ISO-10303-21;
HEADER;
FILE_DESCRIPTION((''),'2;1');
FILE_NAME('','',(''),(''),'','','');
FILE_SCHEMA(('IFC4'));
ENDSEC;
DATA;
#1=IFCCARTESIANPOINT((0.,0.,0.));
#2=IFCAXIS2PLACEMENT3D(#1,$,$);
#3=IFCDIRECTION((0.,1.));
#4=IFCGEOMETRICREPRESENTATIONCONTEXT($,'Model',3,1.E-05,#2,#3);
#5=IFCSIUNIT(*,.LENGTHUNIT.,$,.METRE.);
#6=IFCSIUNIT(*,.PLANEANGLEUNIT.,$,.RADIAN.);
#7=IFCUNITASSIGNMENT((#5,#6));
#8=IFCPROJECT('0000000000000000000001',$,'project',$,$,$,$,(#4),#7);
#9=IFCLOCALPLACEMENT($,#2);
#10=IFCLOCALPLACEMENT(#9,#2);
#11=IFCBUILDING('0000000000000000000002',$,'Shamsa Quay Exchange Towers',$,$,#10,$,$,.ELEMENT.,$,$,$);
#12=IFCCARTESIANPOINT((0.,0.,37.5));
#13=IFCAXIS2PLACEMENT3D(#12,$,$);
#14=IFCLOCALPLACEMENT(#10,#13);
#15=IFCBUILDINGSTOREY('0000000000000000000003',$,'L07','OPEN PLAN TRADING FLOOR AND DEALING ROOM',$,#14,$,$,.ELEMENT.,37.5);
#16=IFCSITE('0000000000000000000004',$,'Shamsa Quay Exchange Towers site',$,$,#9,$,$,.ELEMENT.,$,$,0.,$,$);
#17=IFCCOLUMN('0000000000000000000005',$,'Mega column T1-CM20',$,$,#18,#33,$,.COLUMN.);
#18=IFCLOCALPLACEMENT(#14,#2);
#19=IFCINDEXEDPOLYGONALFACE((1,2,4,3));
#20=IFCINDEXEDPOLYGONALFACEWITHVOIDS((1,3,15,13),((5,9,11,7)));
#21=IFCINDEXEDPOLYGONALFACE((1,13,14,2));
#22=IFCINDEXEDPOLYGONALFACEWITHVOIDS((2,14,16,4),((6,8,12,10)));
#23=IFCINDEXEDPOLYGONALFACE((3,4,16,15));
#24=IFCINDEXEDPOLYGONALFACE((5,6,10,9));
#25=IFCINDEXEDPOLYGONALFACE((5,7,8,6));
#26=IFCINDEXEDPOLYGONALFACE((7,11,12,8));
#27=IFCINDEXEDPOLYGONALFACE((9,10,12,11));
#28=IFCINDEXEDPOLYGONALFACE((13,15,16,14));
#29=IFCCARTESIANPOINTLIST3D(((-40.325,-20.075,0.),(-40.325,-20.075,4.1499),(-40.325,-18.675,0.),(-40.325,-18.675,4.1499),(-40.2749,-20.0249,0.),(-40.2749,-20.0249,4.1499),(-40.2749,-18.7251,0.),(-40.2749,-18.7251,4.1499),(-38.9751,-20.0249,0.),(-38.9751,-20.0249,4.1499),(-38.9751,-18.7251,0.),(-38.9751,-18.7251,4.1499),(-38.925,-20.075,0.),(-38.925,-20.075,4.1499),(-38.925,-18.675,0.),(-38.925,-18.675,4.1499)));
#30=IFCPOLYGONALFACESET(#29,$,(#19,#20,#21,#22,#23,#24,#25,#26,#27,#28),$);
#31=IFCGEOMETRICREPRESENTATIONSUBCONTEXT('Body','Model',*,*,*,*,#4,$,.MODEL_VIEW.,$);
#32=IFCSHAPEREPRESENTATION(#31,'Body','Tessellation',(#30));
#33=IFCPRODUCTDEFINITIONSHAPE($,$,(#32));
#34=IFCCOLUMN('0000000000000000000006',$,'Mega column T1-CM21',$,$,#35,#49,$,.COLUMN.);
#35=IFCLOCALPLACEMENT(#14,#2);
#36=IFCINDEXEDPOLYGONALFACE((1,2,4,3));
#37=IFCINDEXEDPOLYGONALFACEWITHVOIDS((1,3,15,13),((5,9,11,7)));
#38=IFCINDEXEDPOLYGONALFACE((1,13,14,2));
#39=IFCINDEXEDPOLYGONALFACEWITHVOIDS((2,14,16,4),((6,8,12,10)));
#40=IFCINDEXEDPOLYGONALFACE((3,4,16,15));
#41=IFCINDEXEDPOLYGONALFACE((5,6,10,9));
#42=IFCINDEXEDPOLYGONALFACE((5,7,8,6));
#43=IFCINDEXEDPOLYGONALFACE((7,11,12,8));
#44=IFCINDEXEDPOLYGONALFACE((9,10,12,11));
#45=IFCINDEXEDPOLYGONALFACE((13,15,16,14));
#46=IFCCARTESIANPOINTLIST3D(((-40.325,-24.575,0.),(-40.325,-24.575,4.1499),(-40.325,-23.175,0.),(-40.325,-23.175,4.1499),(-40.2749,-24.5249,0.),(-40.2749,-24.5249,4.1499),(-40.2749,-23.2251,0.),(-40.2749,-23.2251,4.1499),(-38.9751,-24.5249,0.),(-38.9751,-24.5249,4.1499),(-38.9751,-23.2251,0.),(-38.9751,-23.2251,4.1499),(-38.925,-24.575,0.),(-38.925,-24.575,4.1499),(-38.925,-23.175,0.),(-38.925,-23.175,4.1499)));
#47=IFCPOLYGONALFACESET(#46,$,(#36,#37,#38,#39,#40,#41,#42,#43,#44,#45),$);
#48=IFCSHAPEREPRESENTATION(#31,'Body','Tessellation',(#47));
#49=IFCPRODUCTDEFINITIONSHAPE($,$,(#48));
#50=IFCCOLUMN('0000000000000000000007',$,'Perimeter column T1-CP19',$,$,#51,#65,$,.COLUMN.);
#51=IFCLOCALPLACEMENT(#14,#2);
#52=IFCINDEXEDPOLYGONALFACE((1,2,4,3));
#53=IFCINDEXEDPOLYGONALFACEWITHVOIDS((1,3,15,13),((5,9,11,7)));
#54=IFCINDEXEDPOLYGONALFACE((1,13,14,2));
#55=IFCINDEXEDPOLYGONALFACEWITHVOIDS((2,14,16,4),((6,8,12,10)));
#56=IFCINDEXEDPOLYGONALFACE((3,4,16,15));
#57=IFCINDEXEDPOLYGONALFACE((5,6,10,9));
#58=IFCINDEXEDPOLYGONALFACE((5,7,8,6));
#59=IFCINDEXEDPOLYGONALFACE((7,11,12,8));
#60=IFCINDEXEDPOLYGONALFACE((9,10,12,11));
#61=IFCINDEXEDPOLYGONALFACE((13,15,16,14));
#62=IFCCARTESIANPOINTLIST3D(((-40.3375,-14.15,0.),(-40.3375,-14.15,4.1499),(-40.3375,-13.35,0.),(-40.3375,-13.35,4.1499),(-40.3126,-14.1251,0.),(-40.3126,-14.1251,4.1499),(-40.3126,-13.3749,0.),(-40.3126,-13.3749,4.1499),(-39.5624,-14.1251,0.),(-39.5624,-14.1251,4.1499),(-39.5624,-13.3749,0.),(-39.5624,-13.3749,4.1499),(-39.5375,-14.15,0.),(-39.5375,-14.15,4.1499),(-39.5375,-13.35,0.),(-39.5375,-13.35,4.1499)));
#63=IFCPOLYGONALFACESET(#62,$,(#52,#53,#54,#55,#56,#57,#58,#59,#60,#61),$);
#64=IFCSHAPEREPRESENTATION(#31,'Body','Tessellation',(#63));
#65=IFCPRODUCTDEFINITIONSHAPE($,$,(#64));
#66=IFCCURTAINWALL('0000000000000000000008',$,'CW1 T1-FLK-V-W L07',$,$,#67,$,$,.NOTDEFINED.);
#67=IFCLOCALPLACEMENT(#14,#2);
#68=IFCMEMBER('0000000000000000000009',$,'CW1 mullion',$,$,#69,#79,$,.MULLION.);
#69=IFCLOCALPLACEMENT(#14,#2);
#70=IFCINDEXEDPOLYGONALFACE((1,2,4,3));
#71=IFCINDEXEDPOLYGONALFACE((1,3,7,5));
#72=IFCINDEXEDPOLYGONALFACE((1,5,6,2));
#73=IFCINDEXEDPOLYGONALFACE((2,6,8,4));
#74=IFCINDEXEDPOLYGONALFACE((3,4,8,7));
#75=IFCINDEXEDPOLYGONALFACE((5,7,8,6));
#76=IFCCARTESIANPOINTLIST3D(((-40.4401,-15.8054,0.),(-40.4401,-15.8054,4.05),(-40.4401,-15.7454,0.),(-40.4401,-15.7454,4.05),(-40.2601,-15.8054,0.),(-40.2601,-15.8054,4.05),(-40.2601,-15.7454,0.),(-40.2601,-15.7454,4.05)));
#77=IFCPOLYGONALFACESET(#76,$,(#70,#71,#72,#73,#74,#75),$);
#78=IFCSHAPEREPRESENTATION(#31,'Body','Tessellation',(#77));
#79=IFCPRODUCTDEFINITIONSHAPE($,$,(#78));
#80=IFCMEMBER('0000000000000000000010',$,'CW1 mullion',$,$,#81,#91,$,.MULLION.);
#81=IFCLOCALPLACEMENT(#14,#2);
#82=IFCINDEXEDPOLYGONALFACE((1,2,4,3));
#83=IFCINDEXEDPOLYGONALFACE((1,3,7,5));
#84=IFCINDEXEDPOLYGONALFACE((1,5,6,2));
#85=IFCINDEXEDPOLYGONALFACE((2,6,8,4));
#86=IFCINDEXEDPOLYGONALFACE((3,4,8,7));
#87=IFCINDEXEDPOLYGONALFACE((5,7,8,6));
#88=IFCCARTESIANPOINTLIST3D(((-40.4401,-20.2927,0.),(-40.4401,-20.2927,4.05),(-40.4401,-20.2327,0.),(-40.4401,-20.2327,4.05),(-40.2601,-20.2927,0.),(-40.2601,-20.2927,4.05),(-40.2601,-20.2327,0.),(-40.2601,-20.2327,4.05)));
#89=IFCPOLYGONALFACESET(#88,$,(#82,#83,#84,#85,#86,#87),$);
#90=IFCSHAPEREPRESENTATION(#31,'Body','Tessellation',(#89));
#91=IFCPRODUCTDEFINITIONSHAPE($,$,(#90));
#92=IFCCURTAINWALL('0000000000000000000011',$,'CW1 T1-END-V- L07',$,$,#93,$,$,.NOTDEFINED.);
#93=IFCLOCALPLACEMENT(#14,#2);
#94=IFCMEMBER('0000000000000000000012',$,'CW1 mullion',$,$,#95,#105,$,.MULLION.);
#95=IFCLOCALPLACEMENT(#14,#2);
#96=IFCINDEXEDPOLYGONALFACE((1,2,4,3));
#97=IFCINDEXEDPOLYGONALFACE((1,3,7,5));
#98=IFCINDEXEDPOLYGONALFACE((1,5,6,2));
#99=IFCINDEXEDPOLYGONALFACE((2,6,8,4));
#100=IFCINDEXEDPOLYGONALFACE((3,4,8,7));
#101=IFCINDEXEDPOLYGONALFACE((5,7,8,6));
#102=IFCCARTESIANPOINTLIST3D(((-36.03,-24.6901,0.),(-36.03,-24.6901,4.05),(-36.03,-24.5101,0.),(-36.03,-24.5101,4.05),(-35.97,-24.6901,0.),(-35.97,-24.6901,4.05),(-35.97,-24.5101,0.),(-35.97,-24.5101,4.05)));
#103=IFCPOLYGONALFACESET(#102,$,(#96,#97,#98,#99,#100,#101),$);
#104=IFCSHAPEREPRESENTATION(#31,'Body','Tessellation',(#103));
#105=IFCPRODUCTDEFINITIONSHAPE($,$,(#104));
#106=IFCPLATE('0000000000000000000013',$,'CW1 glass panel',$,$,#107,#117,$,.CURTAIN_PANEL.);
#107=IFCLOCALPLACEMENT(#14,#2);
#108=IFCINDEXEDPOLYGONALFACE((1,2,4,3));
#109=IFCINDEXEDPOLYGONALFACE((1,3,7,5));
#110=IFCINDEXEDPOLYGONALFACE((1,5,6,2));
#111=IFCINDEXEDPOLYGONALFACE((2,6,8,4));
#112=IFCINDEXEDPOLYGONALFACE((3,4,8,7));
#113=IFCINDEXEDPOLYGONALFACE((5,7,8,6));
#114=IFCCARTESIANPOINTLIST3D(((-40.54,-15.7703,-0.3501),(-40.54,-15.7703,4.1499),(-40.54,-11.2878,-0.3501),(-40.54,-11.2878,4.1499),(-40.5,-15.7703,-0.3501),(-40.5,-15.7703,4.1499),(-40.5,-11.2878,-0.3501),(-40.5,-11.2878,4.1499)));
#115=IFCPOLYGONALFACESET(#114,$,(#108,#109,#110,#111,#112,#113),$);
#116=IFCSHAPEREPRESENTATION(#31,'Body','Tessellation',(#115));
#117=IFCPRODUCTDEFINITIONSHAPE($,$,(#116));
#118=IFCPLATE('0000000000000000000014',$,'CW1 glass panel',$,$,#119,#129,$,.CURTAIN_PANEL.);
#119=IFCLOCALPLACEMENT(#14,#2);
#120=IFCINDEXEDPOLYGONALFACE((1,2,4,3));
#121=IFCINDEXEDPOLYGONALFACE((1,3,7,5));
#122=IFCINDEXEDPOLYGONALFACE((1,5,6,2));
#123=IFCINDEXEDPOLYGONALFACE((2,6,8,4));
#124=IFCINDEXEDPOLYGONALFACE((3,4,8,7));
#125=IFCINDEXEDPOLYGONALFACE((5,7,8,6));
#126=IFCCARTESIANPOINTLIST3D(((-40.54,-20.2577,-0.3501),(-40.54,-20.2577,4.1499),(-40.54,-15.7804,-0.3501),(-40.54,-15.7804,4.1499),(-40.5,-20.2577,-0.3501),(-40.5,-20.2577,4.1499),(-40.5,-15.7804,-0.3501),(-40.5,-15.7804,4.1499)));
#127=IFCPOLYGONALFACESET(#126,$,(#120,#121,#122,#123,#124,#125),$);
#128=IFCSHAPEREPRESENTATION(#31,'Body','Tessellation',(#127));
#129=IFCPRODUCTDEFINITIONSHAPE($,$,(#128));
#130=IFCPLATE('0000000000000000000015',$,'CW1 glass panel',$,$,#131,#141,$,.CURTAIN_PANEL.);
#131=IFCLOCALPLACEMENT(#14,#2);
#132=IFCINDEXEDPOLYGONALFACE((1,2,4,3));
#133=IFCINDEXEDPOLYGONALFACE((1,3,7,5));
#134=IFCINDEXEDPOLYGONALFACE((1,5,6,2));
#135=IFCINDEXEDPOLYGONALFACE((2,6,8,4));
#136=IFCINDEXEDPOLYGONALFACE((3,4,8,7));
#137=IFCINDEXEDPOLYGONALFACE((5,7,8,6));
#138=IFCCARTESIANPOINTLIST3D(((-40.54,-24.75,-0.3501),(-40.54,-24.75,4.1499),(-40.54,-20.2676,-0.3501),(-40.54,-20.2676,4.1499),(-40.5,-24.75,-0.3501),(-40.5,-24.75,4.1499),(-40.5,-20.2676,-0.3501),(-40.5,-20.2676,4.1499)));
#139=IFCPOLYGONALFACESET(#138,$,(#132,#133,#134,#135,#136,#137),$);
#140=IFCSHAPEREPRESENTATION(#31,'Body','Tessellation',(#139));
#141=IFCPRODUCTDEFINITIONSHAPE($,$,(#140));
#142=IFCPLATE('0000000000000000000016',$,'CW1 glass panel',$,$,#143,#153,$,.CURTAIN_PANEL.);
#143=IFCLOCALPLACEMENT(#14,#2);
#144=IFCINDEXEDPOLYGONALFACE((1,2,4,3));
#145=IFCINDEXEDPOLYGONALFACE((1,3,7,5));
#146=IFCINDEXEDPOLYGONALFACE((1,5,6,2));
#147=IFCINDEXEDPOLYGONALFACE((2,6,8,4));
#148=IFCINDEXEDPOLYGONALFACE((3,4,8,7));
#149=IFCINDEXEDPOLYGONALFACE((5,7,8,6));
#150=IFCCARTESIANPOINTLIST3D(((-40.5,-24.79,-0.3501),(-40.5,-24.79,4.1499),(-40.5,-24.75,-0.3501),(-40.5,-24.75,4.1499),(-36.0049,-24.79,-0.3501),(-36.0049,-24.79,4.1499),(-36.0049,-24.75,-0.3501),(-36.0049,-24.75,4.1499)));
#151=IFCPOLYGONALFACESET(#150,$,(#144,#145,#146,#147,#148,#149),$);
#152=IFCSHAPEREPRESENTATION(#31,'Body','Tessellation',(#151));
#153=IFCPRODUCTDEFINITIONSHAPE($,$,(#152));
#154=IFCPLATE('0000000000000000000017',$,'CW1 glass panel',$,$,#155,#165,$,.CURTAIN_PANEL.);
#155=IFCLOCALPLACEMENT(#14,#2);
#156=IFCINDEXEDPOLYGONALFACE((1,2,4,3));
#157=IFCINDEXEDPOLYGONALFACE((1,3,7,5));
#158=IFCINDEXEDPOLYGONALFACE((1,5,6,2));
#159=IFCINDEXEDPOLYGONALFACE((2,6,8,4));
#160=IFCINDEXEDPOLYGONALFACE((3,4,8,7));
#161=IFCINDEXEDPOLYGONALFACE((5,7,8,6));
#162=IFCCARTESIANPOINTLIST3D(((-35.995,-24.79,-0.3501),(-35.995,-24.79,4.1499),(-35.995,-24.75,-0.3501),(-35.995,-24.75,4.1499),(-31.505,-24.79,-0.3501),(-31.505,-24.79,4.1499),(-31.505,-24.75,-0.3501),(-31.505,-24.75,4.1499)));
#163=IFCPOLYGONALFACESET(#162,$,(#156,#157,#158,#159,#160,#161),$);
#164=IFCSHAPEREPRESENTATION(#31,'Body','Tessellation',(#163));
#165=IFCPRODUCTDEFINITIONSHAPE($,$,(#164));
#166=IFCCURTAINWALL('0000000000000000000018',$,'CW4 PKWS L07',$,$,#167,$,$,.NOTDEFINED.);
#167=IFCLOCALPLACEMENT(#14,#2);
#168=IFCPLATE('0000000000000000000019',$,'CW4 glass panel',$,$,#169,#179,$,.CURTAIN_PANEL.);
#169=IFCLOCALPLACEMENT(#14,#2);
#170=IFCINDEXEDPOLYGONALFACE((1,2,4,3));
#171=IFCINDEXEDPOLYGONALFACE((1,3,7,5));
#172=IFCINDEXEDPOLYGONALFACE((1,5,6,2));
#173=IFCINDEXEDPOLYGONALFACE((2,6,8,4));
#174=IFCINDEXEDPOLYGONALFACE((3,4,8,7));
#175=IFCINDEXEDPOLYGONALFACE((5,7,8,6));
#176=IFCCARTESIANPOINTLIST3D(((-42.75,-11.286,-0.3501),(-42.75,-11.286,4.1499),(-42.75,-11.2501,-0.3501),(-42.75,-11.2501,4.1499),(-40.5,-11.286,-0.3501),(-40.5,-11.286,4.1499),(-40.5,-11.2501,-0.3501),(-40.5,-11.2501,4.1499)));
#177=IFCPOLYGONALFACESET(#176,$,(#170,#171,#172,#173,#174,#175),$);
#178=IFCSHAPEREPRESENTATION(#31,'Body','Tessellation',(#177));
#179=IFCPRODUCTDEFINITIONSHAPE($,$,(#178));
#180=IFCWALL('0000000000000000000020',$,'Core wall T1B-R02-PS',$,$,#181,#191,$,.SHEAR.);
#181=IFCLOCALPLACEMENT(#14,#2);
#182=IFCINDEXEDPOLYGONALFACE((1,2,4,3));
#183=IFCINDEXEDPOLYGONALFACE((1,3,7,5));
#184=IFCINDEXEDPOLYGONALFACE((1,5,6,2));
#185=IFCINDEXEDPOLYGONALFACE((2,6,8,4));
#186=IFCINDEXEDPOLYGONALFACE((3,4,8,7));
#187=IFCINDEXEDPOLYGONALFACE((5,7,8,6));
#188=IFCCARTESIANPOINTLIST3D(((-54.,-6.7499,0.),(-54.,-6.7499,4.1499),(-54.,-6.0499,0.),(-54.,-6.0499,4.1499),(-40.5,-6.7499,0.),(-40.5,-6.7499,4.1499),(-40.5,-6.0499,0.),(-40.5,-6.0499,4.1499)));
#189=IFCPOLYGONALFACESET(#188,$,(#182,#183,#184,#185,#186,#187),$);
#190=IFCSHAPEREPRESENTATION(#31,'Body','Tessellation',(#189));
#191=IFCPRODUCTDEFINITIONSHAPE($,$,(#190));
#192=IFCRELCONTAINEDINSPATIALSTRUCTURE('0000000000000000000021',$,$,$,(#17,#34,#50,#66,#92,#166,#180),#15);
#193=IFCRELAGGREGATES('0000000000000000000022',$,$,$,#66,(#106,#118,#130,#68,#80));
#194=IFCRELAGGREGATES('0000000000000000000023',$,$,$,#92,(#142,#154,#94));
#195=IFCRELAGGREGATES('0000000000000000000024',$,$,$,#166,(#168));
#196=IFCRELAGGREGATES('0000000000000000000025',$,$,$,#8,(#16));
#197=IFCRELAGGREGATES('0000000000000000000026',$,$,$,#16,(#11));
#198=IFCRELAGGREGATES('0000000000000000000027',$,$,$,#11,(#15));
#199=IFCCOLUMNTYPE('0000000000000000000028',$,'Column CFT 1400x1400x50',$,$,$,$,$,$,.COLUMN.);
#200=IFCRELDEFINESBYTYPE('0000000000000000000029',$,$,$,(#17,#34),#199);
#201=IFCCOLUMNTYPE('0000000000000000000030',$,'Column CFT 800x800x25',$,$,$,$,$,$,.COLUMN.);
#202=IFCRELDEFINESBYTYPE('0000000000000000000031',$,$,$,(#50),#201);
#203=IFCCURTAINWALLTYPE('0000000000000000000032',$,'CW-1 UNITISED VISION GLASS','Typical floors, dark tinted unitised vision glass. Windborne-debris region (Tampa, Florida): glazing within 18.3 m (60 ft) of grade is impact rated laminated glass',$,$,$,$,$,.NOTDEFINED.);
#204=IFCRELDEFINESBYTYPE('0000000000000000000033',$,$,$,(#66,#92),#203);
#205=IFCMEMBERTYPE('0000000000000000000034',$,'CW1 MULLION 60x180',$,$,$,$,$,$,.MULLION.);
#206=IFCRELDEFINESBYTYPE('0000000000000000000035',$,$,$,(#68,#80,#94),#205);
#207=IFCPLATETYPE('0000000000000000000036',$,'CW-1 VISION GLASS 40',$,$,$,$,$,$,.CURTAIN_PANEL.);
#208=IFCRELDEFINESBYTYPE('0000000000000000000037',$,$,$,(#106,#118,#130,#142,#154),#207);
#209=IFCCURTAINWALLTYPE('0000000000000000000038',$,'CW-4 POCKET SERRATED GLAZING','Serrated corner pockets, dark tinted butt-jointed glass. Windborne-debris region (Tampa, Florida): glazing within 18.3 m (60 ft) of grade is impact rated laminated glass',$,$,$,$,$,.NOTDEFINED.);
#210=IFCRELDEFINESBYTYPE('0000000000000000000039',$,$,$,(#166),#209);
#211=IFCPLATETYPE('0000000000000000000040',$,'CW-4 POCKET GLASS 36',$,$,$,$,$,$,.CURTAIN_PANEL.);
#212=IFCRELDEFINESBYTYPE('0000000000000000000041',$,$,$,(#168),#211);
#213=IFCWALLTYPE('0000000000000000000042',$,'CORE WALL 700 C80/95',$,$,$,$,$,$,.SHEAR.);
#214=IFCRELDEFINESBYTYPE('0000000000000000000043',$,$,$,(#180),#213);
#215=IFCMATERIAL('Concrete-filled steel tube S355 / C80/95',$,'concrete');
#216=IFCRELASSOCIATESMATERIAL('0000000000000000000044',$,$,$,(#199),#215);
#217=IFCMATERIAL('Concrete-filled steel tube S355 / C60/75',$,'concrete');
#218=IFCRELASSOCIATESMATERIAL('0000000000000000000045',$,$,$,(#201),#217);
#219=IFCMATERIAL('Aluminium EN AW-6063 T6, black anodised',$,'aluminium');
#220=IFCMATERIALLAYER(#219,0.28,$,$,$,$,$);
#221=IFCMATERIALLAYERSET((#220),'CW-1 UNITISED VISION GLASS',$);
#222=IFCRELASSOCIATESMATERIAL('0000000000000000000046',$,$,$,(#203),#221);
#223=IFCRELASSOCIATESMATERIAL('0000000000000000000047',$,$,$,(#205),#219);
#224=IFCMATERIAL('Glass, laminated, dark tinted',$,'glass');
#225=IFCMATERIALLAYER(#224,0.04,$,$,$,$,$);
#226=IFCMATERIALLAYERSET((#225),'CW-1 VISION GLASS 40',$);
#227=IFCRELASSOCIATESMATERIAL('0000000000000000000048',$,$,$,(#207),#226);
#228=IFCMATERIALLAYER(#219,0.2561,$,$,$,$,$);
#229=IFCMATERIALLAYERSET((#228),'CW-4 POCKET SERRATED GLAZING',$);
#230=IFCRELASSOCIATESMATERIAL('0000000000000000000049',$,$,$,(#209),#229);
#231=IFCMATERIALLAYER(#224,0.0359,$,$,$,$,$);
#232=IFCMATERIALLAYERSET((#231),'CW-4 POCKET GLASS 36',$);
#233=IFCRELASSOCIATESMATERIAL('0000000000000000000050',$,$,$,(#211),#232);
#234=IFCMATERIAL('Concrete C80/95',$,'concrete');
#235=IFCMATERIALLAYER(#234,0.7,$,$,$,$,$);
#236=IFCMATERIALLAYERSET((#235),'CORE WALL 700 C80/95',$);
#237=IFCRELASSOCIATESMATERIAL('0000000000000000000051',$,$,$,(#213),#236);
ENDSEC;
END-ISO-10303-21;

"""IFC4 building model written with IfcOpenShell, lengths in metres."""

from ifc_helpers import new_model, si_unit, direction, frame, frame_2d, origin, origin_2d, place, context, subcontext, project, spatial, rectangle, hollow_rectangle, extrude, material, layer, layer_set, material_profile, profile_set, type_object, element, aggregate, save


model = new_model("IFC4")

# Units and contexts
model_context = context("Model", 3, precision=1e-05, world=origin(), true_north=direction((0.0, 1.0)))
body_context = subcontext(model_context, "Body", "Model", "MODEL_VIEW")
ifc_project = project(units=[si_unit("LENGTHUNIT", "METRE"), si_unit("PLANEANGLEUNIT", "RADIAN")], contexts=[model_context])

# Site, building, storey
site_placement = place(None, origin())
site = spatial("IfcSite", under=ifc_project, at=site_placement, Name="Shamsa Quay Exchange Towers site", CompositionType="ELEMENT", RefElevation=0.0)
building_placement = place(site_placement, origin())
building = spatial("IfcBuilding", under=site, at=building_placement, Name="Shamsa Quay Exchange Towers", CompositionType="ELEMENT")
storey_placement = place(building_placement, frame((0.0, 0.0, 37.5)))
storey = spatial("IfcBuildingStorey", under=building, at=storey_placement, Name="L07", Description="OPEN PLAN TRADING FLOOR AND DEALING ROOM", CompositionType="ELEMENT", Elevation=37.5)

# Columns
ifc_material_1 = material(Name="Concrete-filled steel tube S355 / C80/95", Category="concrete")
ifc_material_profile_1 = material_profile(ifc_material_1, hollow_rectangle(XDim=1.3999, YDim=1.3999, WallThickness=0.05, at=origin_2d()), Name="CFT 1400x1400x50")
ifc_profile_set_1 = profile_set([ifc_material_profile_1], Name="Concrete-filled steel tube S355 / C80/95")
column_type_1 = type_object("IfcColumnType", Name="Column CFT 1400x1400x50", PredefinedType="COLUMN", material=ifc_profile_set_1)
for number, where, name in (
    (1, (-39.625, -19.375, 0.0), "Mega column T1-CM20"),
    (2, (-39.625, -23.875, 0.0), "Mega column T1-CM21"),
):
    element("IfcColumn", number, at=place(storey_placement, frame(where)), inside=storey, type_object=column_type_1, Name=name, PredefinedType="COLUMN", context=body_context, shape_type="SweptSolid", body=[
        extrude(hollow_rectangle(XDim=1.3999, YDim=1.3999, WallThickness=0.05, at=origin_2d()), origin(), (0.0, 0.0, 1.0), 4.1499),
    ])
ifc_material_2 = material(Name="Concrete-filled steel tube S355 / C60/75", Category="concrete")
ifc_material_profile_2 = material_profile(ifc_material_2, hollow_rectangle(XDim=0.8, YDim=0.8, WallThickness=0.0249, at=origin_2d()), Name="CFT 800x800x25")
ifc_profile_set_2 = profile_set([ifc_material_profile_2], Name="Concrete-filled steel tube S355 / C60/75")
column_type_2 = type_object("IfcColumnType", Name="Column CFT 800x800x25", PredefinedType="COLUMN", material=ifc_profile_set_2)
column_placement = place(storey_placement, frame((-39.9375, -13.75, 0.0)))
element("IfcColumn", 3, at=column_placement, inside=storey, type_object=column_type_2, Name="Perimeter column T1-CP19", PredefinedType="COLUMN", context=body_context, shape_type="SweptSolid", body=[
    extrude(hollow_rectangle(XDim=0.8, YDim=0.8, WallThickness=0.0249, at=origin_2d()), origin(), (0.0, 0.0, 1.0), 4.1499),
])

# Curtain wall, members
ifc_material_3 = material(Name="Aluminium EN AW-6063 T6, black anodised", Category="aluminium")
ifc_layer_1 = layer(ifc_material_3, 0.28)
ifc_layer_set_1 = layer_set([ifc_layer_1], Name="CW-1 UNITISED VISION GLASS")
curtain_wall_type_1 = type_object("IfcCurtainWallType", Name="CW-1 UNITISED VISION GLASS", Description="Typical floors, dark tinted unitised vision glass. Windborne-debris region (Tampa, Florida): glazing within 18.3 m (60 ft) of grade is impact rated laminated glass", PredefinedType="NOTDEFINED", material=ifc_layer_set_1)
curtain_wall_1_placement = place(storey_placement, origin())
curtain_wall_1 = element("IfcCurtainWall", 4, at=curtain_wall_1_placement, inside=storey, type_object=curtain_wall_type_1, Name="CW1 T1-FLK-V-W L07", PredefinedType="NOTDEFINED")
ifc_material_profile_3 = material_profile(ifc_material_3, rectangle(XDim=0.1799, YDim=0.0601, at=origin_2d()), Name="MU60x180")
ifc_profile_set_3 = profile_set([ifc_material_profile_3], Name="Aluminium EN AW-6063 T6, black anodised")
member_type = type_object("IfcMemberType", Name="CW1 MULLION 60x180", PredefinedType="MULLION", material=ifc_profile_set_3)
member_1_placement = place(storey_placement, frame((-40.3501, -15.7754, 0.0)))
member_1 = element("IfcMember", 5, at=member_1_placement, type_object=member_type, Name="CW1 mullion", PredefinedType="MULLION", context=body_context, shape_type="SweptSolid", body=[
    extrude(rectangle(XDim=0.1799, YDim=0.0601, at=origin_2d()), origin(), (0.0, 0.0, 1.0), 4.05),
])
member_2_placement = place(storey_placement, frame((-40.3501, -20.2627, 0.0)))
member_2 = element("IfcMember", 6, at=member_2_placement, type_object=member_type, Name="CW1 mullion", PredefinedType="MULLION", context=body_context, shape_type="SweptSolid", body=[
    extrude(rectangle(XDim=0.1799, YDim=0.0601, at=origin_2d()), origin(), (0.0, 0.0, 1.0), 4.05),
])

# Curtain wall, member
curtain_wall_2_placement = place(storey_placement, origin())
curtain_wall_2 = element("IfcCurtainWall", 7, at=curtain_wall_2_placement, inside=storey, type_object=curtain_wall_type_1, Name="CW1 T1-END-V- L07", PredefinedType="NOTDEFINED")
member_3_placement = place(storey_placement, frame((-36.0, -24.6001, 0.0), z_axis=(0.0, 0.0, 1.0), x_axis=(0.0, 1.0, 0.0)))
member_3 = element("IfcMember", 8, at=member_3_placement, type_object=member_type, Name="CW1 mullion", PredefinedType="MULLION", context=body_context, shape_type="SweptSolid", body=[
    extrude(rectangle(XDim=0.1799, YDim=0.0601, at=origin_2d()), origin(), (0.0, 0.0, 1.0), 4.05),
])

# Plates
ifc_material_4 = material(Name="Glass, laminated, dark tinted", Category="glass")
ifc_layer_2 = layer(ifc_material_4, 0.04)
ifc_layer_set_2 = layer_set([ifc_layer_2], Name="CW-1 VISION GLASS 40")
plate_type_1 = type_object("IfcPlateType", Name="CW-1 VISION GLASS 40", PredefinedType="CURTAIN_PANEL", material=ifc_layer_set_2)
plate_1_placement = place(storey_placement, frame((-40.52, -13.5291, -0.3501), z_axis=(0.0, 0.0, 1.0), x_axis=(0.0, -1.0, 0.0)))
plate_1 = element("IfcPlate", 9, at=plate_1_placement, type_object=plate_type_1, Name="CW1 glass panel", PredefinedType="CURTAIN_PANEL", context=body_context, shape_type="SweptSolid", body=[
    extrude(rectangle(XDim=4.4824, YDim=0.04, at=origin_2d()), origin(), (0.0, 0.0, 1.0), 4.5),
])
plate_2_placement = place(storey_placement, frame((-40.52, -18.019, -0.3501), z_axis=(0.0, 0.0, 1.0), x_axis=(0.0, -1.0, 0.0)))
plate_2 = element("IfcPlate", 10, at=plate_2_placement, type_object=plate_type_1, Name="CW1 glass panel", PredefinedType="CURTAIN_PANEL", context=body_context, shape_type="SweptSolid", body=[
    extrude(rectangle(XDim=4.4773, YDim=0.04, at=origin_2d()), origin(), (0.0, 0.0, 1.0), 4.5),
])
plate_3_placement = place(storey_placement, frame((-40.52, -22.5088, -0.3501), z_axis=(0.0, 0.0, 1.0), x_axis=(0.0, -1.0, 0.0)))
plate_3 = element("IfcPlate", 11, at=plate_3_placement, type_object=plate_type_1, Name="CW1 glass panel", PredefinedType="CURTAIN_PANEL", context=body_context, shape_type="SweptSolid", body=[
    extrude(rectangle(XDim=4.4824, YDim=0.04, at=origin_2d()), origin(), (0.0, 0.0, 1.0), 4.5),
])
aggregate(curtain_wall_1, [plate_1, plate_2, plate_3, member_1, member_2])
plate_4_placement = place(storey_placement, frame((-38.2524, -24.77, -0.3501)))
plate_4 = element("IfcPlate", 12, at=plate_4_placement, type_object=plate_type_1, Name="CW1 glass panel", PredefinedType="CURTAIN_PANEL", context=body_context, shape_type="SweptSolid", body=[
    extrude(rectangle(XDim=4.4951, YDim=0.04, at=origin_2d()), origin(), (0.0, 0.0, 1.0), 4.5),
])
plate_5_placement = place(storey_placement, frame((-33.75, -24.77, -0.3501)))
plate_5 = element("IfcPlate", 13, at=plate_5_placement, type_object=plate_type_1, Name="CW1 glass panel", PredefinedType="CURTAIN_PANEL", context=body_context, shape_type="SweptSolid", body=[
    extrude(rectangle(XDim=4.49, YDim=0.04, at=origin_2d()), origin(), (0.0, 0.0, 1.0), 4.5),
])
aggregate(curtain_wall_2, [plate_4, plate_5, member_3])

# Curtain wall, plate
ifc_layer_3 = layer(ifc_material_3, 0.2561)
ifc_layer_set_3 = layer_set([ifc_layer_3], Name="CW-4 POCKET SERRATED GLAZING")
curtain_wall_type_2 = type_object("IfcCurtainWallType", Name="CW-4 POCKET SERRATED GLAZING", Description="Serrated corner pockets, dark tinted butt-jointed glass. Windborne-debris region (Tampa, Florida): glazing within 18.3 m (60 ft) of grade is impact rated laminated glass", PredefinedType="NOTDEFINED", material=ifc_layer_set_3)
curtain_wall_3_placement = place(storey_placement, origin())
curtain_wall_3 = element("IfcCurtainWall", 14, at=curtain_wall_3_placement, inside=storey, type_object=curtain_wall_type_2, Name="CW4 PKWS L07", PredefinedType="NOTDEFINED")
ifc_layer_4 = layer(ifc_material_4, 0.0359)
ifc_layer_set_4 = layer_set([ifc_layer_4], Name="CW-4 POCKET GLASS 36")
plate_type_2 = type_object("IfcPlateType", Name="CW-4 POCKET GLASS 36", PredefinedType="CURTAIN_PANEL", material=ifc_layer_set_4)
plate_6_placement = place(storey_placement, frame((-41.625, -11.2681, -0.3501)))
plate_6 = element("IfcPlate", 15, at=plate_6_placement, type_object=plate_type_2, Name="CW4 glass panel", PredefinedType="CURTAIN_PANEL", context=body_context, shape_type="SweptSolid", body=[
    extrude(rectangle(XDim=2.25, YDim=0.0359, at=origin_2d()), origin(), (0.0, 0.0, 1.0), 4.5),
])
aggregate(curtain_wall_3, [plate_6])

# Wall
ifc_material_5 = material(Name="Concrete C80/95", Category="concrete")
ifc_layer_5 = layer(ifc_material_5, 0.7)
ifc_layer_set_5 = layer_set([ifc_layer_5], Name="CORE WALL 700 C80/95")
wall_type_1 = type_object("IfcWallType", Name="CORE WALL 700 C80/95", PredefinedType="SHEAR", material=ifc_layer_set_5)
wall_1_placement = place(storey_placement, frame((-40.5, -6.3999, 0.0), z_axis=(0.0, 0.0, 1.0), x_axis=(-1.0, 0.0, 0.0)))
element("IfcWall", 16, at=wall_1_placement, inside=storey, type_object=wall_type_1, Name="Core wall T1B-R02-PS", PredefinedType="SHEAR", context=body_context, shape_type="SweptSolid", body=[
    extrude(rectangle(XDim=13.5, YDim=0.7, at=frame_2d((6.75, 0.0))), origin(), (0.0, 0.0, 1.0), 4.1499),
])

save(model, "model.ifc")
